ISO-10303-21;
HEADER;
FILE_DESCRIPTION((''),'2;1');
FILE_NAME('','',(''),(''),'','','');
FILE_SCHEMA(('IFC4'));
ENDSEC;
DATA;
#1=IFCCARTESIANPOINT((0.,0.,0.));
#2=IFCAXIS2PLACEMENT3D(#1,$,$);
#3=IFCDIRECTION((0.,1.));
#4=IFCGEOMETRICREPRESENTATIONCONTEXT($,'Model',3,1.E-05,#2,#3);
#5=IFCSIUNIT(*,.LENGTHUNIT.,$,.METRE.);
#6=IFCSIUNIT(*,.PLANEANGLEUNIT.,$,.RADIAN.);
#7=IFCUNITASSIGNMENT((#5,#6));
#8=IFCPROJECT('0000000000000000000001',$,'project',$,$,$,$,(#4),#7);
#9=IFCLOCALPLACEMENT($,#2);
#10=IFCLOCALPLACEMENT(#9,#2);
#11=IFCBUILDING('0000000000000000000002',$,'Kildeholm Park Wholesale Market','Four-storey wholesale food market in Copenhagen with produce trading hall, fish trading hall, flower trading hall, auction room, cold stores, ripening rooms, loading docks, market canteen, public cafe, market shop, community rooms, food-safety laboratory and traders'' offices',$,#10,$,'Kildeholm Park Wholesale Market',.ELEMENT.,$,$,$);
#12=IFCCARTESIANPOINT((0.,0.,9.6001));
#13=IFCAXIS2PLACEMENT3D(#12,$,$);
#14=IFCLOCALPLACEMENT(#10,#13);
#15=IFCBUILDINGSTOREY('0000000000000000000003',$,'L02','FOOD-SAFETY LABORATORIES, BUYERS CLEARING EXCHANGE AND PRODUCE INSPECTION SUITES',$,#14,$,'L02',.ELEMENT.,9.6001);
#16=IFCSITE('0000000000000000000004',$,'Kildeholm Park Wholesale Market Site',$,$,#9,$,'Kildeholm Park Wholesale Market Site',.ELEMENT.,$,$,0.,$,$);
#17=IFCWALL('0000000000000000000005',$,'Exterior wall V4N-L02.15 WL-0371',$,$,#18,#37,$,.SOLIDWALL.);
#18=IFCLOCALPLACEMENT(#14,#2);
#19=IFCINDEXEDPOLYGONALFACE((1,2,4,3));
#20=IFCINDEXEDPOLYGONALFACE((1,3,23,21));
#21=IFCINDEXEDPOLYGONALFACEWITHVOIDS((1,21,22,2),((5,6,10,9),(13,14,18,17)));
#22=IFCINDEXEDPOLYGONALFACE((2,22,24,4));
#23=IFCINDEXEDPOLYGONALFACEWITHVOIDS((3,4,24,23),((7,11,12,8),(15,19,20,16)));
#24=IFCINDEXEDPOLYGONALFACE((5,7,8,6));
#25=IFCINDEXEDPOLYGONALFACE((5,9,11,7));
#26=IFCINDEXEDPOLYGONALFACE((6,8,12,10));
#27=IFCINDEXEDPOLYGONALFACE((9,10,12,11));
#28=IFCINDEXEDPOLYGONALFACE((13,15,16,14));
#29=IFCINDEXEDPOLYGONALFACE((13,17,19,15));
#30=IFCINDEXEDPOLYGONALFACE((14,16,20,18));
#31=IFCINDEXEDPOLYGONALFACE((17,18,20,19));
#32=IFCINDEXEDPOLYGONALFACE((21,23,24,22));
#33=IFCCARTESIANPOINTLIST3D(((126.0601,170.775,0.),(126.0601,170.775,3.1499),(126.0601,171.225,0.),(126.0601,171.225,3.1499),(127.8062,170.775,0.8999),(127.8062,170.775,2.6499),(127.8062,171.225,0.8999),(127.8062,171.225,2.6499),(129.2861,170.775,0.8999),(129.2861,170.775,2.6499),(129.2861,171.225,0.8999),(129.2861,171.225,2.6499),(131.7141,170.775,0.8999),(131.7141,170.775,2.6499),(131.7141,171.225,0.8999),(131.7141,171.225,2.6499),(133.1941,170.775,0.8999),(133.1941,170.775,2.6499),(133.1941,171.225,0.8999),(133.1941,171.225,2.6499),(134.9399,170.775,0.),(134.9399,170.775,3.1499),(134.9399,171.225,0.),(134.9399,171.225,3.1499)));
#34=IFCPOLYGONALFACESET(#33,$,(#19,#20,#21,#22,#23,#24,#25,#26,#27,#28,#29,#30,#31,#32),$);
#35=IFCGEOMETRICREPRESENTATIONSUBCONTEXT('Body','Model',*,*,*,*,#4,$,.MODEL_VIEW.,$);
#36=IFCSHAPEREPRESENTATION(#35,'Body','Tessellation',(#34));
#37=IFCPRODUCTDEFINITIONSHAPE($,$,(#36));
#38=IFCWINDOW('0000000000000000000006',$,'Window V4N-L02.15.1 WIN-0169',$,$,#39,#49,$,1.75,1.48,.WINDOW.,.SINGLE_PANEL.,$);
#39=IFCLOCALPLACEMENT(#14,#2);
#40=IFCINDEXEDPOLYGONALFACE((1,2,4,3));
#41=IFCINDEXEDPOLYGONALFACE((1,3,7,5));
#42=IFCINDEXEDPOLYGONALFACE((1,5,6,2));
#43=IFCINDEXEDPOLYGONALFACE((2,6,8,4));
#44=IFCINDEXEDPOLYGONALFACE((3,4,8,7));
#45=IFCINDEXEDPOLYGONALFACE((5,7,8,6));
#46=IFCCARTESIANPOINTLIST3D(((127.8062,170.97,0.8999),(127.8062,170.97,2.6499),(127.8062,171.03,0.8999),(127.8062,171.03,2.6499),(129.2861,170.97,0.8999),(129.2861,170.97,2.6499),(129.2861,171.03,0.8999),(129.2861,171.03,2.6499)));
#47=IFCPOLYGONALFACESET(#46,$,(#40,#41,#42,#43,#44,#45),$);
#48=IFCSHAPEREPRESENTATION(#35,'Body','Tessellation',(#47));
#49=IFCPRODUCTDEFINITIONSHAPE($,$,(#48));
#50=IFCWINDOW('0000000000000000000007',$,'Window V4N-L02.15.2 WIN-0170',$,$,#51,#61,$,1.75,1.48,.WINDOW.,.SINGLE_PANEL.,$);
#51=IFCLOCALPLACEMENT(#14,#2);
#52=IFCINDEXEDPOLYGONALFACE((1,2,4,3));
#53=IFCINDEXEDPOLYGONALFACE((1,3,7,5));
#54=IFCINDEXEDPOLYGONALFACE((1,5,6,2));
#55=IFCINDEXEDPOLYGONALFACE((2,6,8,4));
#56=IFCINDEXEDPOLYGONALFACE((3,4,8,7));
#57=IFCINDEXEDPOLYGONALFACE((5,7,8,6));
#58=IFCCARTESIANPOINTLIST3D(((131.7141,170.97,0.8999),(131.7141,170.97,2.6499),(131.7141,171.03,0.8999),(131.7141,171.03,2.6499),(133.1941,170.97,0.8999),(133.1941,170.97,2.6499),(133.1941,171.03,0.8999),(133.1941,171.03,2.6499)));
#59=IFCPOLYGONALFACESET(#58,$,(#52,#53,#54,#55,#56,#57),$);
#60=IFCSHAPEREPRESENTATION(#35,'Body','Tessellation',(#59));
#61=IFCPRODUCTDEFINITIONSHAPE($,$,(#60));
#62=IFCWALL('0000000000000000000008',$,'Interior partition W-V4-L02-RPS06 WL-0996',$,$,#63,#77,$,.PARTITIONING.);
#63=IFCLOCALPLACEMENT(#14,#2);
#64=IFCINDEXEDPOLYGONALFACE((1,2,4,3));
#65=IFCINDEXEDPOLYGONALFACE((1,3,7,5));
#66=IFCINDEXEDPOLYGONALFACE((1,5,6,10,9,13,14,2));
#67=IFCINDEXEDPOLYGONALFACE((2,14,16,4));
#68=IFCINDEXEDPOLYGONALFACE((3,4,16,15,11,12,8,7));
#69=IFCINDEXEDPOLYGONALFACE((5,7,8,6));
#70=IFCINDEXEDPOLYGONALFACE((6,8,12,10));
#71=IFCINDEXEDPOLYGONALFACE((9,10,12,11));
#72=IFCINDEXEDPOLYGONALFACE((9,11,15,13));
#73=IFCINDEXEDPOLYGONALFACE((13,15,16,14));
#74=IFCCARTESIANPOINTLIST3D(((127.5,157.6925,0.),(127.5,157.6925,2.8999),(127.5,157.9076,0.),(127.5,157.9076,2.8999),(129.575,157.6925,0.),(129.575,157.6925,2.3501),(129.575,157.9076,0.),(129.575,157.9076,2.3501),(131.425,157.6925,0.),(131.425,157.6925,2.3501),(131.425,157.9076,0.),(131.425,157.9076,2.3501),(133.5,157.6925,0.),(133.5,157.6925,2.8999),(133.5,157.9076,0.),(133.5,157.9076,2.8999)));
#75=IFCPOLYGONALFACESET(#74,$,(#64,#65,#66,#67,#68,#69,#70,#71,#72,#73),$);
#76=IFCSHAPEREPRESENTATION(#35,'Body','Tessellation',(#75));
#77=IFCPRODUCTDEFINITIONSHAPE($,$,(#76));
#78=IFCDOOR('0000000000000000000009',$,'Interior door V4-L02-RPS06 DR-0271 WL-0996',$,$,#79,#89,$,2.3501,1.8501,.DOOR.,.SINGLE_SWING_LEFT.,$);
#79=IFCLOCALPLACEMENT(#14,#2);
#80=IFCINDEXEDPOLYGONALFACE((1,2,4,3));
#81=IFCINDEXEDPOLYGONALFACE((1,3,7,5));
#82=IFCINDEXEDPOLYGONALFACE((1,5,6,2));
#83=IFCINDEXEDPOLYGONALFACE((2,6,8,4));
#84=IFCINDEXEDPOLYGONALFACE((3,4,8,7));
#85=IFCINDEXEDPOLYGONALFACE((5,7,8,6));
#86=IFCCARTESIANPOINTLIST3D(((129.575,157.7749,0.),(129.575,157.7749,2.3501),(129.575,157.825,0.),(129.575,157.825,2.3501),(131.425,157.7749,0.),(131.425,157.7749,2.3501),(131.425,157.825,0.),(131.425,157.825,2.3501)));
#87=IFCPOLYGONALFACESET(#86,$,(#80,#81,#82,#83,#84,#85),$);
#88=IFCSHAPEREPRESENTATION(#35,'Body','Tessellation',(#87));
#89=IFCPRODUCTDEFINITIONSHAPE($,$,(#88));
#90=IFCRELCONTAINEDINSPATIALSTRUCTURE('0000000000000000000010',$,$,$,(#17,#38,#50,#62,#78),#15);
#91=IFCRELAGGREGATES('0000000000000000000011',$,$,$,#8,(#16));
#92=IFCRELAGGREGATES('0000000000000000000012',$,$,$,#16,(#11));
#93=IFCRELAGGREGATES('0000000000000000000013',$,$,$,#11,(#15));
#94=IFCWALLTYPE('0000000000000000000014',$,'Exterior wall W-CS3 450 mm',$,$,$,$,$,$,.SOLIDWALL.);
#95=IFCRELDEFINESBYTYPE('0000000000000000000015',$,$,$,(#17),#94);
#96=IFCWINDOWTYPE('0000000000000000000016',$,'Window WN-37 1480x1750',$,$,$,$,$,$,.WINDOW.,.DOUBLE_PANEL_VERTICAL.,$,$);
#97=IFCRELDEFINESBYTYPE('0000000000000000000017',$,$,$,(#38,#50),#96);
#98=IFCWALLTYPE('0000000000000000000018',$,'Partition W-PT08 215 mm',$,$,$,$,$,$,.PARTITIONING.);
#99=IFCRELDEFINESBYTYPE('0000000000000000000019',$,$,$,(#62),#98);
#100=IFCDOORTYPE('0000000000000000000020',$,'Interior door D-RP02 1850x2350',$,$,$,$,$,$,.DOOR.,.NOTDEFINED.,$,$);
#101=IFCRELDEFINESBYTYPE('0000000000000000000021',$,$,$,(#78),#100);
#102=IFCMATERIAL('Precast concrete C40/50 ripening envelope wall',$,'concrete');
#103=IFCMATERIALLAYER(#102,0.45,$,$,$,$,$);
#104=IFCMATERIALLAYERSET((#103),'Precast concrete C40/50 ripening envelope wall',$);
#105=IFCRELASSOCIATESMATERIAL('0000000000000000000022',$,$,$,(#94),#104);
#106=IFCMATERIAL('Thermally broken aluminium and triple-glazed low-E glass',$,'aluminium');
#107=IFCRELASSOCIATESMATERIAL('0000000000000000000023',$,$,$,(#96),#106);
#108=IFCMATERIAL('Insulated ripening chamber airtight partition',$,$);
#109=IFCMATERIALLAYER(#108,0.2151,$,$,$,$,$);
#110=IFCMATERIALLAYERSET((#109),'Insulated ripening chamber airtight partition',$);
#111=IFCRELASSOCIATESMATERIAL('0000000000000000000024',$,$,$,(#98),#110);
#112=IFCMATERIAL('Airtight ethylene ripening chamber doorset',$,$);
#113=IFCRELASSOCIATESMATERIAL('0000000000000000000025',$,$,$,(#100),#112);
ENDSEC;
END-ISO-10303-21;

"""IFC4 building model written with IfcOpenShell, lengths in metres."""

from ifc_helpers import new_model, si_unit, direction, frame, frame_2d, origin, place, context, subcontext, project, spatial, rectangle, extrude, material, layer, layer_set, type_object, element, fill, save


model = new_model("IFC4")

# Units and contexts
model_context = context("Model", 3, precision=1e-05, world=origin(), true_north=direction((0.0, 1.0)))
body_context = subcontext(model_context, "Body", "Model", "MODEL_VIEW")
ifc_project = project(units=[si_unit("LENGTHUNIT", "METRE"), si_unit("PLANEANGLEUNIT", "RADIAN")], contexts=[model_context])

# Site, building, storey
site_placement = place(None, origin())
site = spatial("IfcSite", under=ifc_project, at=site_placement, Name="Kildeholm Park Wholesale Market Site", LongName="Kildeholm Park Wholesale Market Site", CompositionType="ELEMENT", RefElevation=0.0)
building_placement = place(site_placement, origin())
building = spatial("IfcBuilding", under=site, at=building_placement, Name="Kildeholm Park Wholesale Market", Description="Four-storey wholesale food market in Copenhagen with produce trading hall, fish trading hall, flower trading hall, auction room, cold stores, ripening rooms, loading docks, market canteen, public cafe, market shop, community rooms, food-safety laboratory and traders' offices", LongName="Kildeholm Park Wholesale Market", CompositionType="ELEMENT")
storey_placement = place(building_placement, frame((0.0, 0.0, 9.6001)))
storey = spatial("IfcBuildingStorey", under=building, at=storey_placement, Name="L02", Description="FOOD-SAFETY LABORATORIES, BUYERS CLEARING EXCHANGE AND PRODUCE INSPECTION SUITES", LongName="L02", CompositionType="ELEMENT", Elevation=9.6001)

# Wall, openings, windows
ifc_material_1 = material(Name="Precast concrete C40/50 ripening envelope wall", Category="concrete")
ifc_layer_1 = layer(ifc_material_1, 0.45)
ifc_layer_set_1 = layer_set([ifc_layer_1], Name="Precast concrete C40/50 ripening envelope wall")
wall_type_1 = type_object("IfcWallType", Name="Exterior wall W-CS3 450 mm", PredefinedType="SOLIDWALL", material=ifc_layer_set_1)
ifc_material_2 = material(Name="Thermally broken aluminium and triple-glazed low-E glass", Category="aluminium")
wall_1_placement = place(storey_placement, frame((126.0601, 171.0, 0.0), z_axis=(0.0, 0.0, 1.0), x_axis=(1.0, 0.0, 0.0)))
wall_1 = element("IfcWall", 1, at=wall_1_placement, inside=storey, type_object=wall_type_1, Name="Exterior wall V4N-L02.15 WL-0371", PredefinedType="SOLIDWALL", context=body_context, shape_type="SweptSolid", body=[
    extrude(rectangle(XDim=8.8799, YDim=0.45, at=frame_2d((4.4399, 0.0))), origin(), (0.0, 0.0, 1.0), 3.1499),
])
opening_1_placement = place(wall_1_placement, frame((1.7461, 0.0, 0.8999)))
opening_1 = element("IfcOpeningElement", 2, at=opening_1_placement, cuts=wall_1, PredefinedType="OPENING", context=body_context, shape_type="SweptSolid", body=[
    extrude(rectangle(XDim=1.48, YDim=1.75, at=frame_2d((0.74, 0.875))), frame((0.0, 0.2349, 0.0), z_axis=(0.0, -1.0, 0.0), x_axis=(1.0, 0.0, 0.0)), (0.0, 0.0, 1.0), 0.47),
])
opening_2_placement = place(wall_1_placement, frame((5.6541, 0.0, 0.8999)))
opening_2 = element("IfcOpeningElement", 3, at=opening_2_placement, cuts=wall_1, PredefinedType="OPENING", context=body_context, shape_type="SweptSolid", body=[
    extrude(rectangle(XDim=1.48, YDim=1.75, at=frame_2d((0.74, 0.875))), frame((0.0, 0.2349, 0.0), z_axis=(0.0, -1.0, 0.0), x_axis=(1.0, 0.0, 0.0)), (0.0, 0.0, 1.0), 0.47),
])
window_type_1 = type_object("IfcWindowType", Name="Window WN-37 1480x1750", PartitioningType="DOUBLE_PANEL_VERTICAL", PredefinedType="WINDOW", material=ifc_material_2)
window_1_placement = place(opening_1_placement, origin())
window_1 = element("IfcWindow", 4, at=window_1_placement, inside=storey, type_object=window_type_1, Name="Window V4N-L02.15.1 WIN-0169", OverallHeight=1.75, OverallWidth=1.48, PartitioningType="SINGLE_PANEL", PredefinedType="WINDOW", context=body_context, shape_type="SweptSolid", body=[
    extrude(rectangle(XDim=1.48, YDim=1.75, at=frame_2d((0.74, 0.875))), frame((0.0, 0.03, 0.0), z_axis=(0.0, -1.0, 0.0), x_axis=(1.0, 0.0, 0.0)), (0.0, 0.0, 1.0), 0.0601),
])
fill(opening_1, window_1)
window_2_placement = place(opening_2_placement, origin())
window_2 = element("IfcWindow", 5, at=window_2_placement, inside=storey, type_object=window_type_1, Name="Window V4N-L02.15.2 WIN-0170", OverallHeight=1.75, OverallWidth=1.48, PartitioningType="SINGLE_PANEL", PredefinedType="WINDOW", context=body_context, shape_type="SweptSolid", body=[
    extrude(rectangle(XDim=1.48, YDim=1.75, at=frame_2d((0.74, 0.875))), frame((0.0, 0.03, 0.0), z_axis=(0.0, -1.0, 0.0), x_axis=(1.0, 0.0, 0.0)), (0.0, 0.0, 1.0), 0.0601),
])
fill(opening_2, window_2)

# Wall, opening, door
ifc_material_3 = material(Name="Insulated ripening chamber airtight partition")
ifc_layer_2 = layer(ifc_material_3, 0.2151)
ifc_layer_set_2 = layer_set([ifc_layer_2], Name="Insulated ripening chamber airtight partition")
wall_type_2 = type_object("IfcWallType", Name="Partition W-PT08 215 mm", PredefinedType="PARTITIONING", material=ifc_layer_set_2)
wall_2_placement = place(storey_placement, frame((127.5, 157.8, 0.0), z_axis=(0.0, 0.0, 1.0), x_axis=(1.0, 0.0, 0.0)))
wall_2 = element("IfcWall", 6, at=wall_2_placement, inside=storey, type_object=wall_type_2, Name="Interior partition W-V4-L02-RPS06 WL-0996", PredefinedType="PARTITIONING", context=body_context, shape_type="SweptSolid", body=[
    extrude(rectangle(XDim=6.0, YDim=0.2151, at=frame_2d((3.0, 0.0))), origin(), (0.0, 0.0, 1.0), 2.8999),
])
opening_3_placement = place(wall_2_placement, frame((2.075, 0.0, 0.0)))
opening_3 = element("IfcOpeningElement", 7, at=opening_3_placement, cuts=wall_2, PredefinedType="OPENING", context=body_context, shape_type="SweptSolid", body=[
    extrude(rectangle(XDim=1.8501, YDim=2.3501, at=frame_2d((0.925, 1.175))), frame((0.0, 0.1174, 0.0), z_axis=(0.0, -1.0, 0.0), x_axis=(1.0, 0.0, 0.0)), (0.0, 0.0, 1.0), 0.2351),
])
ifc_material_4 = material(Name="Airtight ethylene ripening chamber doorset")
door_type = type_object("IfcDoorType", Name="Interior door D-RP02 1850x2350", OperationType="NOTDEFINED", PredefinedType="DOOR", material=ifc_material_4)
door_placement = place(opening_3_placement, origin())
door = element("IfcDoor", 8, at=door_placement, inside=storey, type_object=door_type, Name="Interior door V4-L02-RPS06 DR-0271 WL-0996", OperationType="SINGLE_SWING_LEFT", OverallHeight=2.3501, OverallWidth=1.8501, PredefinedType="DOOR", context=body_context, shape_type="SweptSolid", body=[
    extrude(rectangle(XDim=1.8501, YDim=2.3501, at=frame_2d((0.925, 1.175))), frame((0.0, 0.0249, 0.0), z_axis=(0.0, -1.0, 0.0), x_axis=(1.0, 0.0, 0.0)), (0.0, 0.0, 1.0), 0.05),
])
fill(opening_3, door)

save(model, "model.ifc")
